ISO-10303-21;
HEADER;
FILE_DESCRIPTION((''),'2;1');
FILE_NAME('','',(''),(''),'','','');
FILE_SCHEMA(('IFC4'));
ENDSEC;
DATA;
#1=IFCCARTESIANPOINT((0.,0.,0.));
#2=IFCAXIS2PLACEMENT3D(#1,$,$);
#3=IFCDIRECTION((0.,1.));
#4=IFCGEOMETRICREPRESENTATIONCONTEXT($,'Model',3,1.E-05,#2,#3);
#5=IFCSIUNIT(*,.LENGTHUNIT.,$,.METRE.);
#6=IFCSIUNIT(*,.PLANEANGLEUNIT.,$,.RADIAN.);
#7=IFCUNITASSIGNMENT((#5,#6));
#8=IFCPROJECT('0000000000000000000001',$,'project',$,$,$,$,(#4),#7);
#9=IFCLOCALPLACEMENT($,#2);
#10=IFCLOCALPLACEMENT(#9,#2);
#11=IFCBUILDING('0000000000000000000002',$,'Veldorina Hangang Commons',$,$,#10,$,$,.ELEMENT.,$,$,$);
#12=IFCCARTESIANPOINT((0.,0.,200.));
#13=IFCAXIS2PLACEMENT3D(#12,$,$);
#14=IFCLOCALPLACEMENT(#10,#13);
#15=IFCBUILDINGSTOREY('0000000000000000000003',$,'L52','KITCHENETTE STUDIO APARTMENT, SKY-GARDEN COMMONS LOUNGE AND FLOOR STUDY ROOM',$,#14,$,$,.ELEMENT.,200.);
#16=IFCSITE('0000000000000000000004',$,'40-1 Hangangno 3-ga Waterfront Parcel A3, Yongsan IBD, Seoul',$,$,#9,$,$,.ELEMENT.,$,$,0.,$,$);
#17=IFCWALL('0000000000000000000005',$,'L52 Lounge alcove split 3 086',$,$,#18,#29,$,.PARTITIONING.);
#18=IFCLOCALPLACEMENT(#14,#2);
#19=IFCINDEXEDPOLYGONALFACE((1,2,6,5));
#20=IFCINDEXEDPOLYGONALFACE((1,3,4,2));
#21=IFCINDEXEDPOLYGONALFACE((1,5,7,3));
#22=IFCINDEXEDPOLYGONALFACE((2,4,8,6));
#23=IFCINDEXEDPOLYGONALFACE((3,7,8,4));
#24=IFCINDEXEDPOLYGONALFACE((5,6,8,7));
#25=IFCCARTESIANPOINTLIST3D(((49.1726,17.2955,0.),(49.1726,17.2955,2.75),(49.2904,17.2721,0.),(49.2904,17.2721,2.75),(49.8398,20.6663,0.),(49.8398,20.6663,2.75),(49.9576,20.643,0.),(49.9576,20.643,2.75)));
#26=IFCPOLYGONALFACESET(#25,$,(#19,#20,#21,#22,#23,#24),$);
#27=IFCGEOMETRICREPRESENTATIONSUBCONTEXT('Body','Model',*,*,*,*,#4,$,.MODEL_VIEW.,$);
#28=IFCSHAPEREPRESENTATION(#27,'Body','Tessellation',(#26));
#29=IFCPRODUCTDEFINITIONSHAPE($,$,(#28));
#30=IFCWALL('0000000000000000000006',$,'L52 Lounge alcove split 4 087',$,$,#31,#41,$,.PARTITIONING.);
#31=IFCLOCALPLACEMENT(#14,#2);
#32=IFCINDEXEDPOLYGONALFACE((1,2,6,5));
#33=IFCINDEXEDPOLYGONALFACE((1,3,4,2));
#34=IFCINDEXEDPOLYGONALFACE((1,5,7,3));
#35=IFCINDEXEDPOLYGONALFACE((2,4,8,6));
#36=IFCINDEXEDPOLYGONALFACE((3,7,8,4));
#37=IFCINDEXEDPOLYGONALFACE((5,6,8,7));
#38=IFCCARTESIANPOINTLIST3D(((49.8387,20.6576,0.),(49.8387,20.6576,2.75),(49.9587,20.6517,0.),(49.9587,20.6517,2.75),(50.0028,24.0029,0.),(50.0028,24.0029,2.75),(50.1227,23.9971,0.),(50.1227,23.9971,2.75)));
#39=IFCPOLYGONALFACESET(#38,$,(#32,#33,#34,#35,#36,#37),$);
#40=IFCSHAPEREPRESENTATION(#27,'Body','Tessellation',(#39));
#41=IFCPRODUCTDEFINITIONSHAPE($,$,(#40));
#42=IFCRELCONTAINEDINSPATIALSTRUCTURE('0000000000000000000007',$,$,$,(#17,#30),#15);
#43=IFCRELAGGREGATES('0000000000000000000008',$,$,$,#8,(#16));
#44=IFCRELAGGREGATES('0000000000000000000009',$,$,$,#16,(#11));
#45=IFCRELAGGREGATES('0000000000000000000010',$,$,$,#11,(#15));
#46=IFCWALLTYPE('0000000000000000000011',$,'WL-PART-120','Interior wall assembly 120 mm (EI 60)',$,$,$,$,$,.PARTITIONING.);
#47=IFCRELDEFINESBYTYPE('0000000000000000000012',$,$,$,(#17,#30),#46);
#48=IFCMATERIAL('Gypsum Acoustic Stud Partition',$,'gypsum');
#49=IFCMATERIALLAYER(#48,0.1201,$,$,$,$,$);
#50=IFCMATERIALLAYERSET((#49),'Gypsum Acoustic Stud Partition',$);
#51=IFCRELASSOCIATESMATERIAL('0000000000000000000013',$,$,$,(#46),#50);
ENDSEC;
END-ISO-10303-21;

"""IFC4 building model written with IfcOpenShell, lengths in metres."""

from ifc_helpers import new_model, si_unit, direction, frame, frame_2d, origin, place, context, subcontext, project, spatial, rectangle, extrude, material, layer, layer_set, type_object, element, save


model = new_model("IFC4")

# Units and contexts
model_context = context("Model", 3, precision=1e-05, world=origin(), true_north=direction((0.0, 1.0)))
body_context = subcontext(model_context, "Body", "Model", "MODEL_VIEW")
ifc_project = project(units=[si_unit("LENGTHUNIT", "METRE"), si_unit("PLANEANGLEUNIT", "RADIAN")], contexts=[model_context])

# Site, building, storey
site_placement = place(None, origin())
site = spatial("IfcSite", under=ifc_project, at=site_placement, Name="40-1 Hangangno 3-ga Waterfront Parcel A3, Yongsan IBD, Seoul", CompositionType="ELEMENT", RefElevation=0.0)
building_placement = place(site_placement, origin())
building = spatial("IfcBuilding", under=site, at=building_placement, Name="Veldorina Hangang Commons", CompositionType="ELEMENT")
storey_placement = place(building_placement, frame((0.0, 0.0, 200.0)))
storey = spatial("IfcBuildingStorey", under=building, at=storey_placement, Name="L52", Description="KITCHENETTE STUDIO APARTMENT, SKY-GARDEN COMMONS LOUNGE AND FLOOR STUDY ROOM", CompositionType="ELEMENT", Elevation=200.0)

# Walls
ifc_material_1 = material(Name="Gypsum Acoustic Stud Partition", Category="gypsum")
ifc_layer_1 = layer(ifc_material_1, 0.1201)
ifc_layer_set_1 = layer_set([ifc_layer_1], Name="Gypsum Acoustic Stud Partition")
wall_type_1 = type_object("IfcWallType", Name="WL-PART-120", Description="Interior wall assembly 120 mm (EI 60)", PredefinedType="PARTITIONING", material=ifc_layer_set_1)
wall_1_placement = place(storey_placement, frame((49.2314, 17.2837, 0.0), z_axis=(0.0, 0.0, 1.0), x_axis=(0.194176, 0.980967, 0.0)))
element("IfcWall", 1, at=wall_1_placement, inside=storey, type_object=wall_type_1, Name="L52 Lounge alcove split 3 086", PredefinedType="PARTITIONING", context=body_context, shape_type="SweptSolid", body=[
    extrude(rectangle(XDim=3.4363, YDim=0.1201, at=frame_2d((1.7183, 0.0))), origin(), (0.0, 0.0, 1.0), 2.75),
])
wall_2_placement = place(storey_placement, frame((49.8987, 20.6545, 0.0), z_axis=(0.0, 0.0, 1.0), x_axis=(0.048981, 0.9988, 0.0)))
element("IfcWall", 2, at=wall_2_placement, inside=storey, type_object=wall_type_1, Name="L52 Lounge alcove split 4 087", PredefinedType="PARTITIONING", context=body_context, shape_type="SweptSolid", body=[
    extrude(rectangle(XDim=3.3494, YDim=0.1201, at=frame_2d((1.6748, 0.0))), origin(), (0.0, 0.0, 1.0), 2.75),
])

save(model, "model.ifc")
